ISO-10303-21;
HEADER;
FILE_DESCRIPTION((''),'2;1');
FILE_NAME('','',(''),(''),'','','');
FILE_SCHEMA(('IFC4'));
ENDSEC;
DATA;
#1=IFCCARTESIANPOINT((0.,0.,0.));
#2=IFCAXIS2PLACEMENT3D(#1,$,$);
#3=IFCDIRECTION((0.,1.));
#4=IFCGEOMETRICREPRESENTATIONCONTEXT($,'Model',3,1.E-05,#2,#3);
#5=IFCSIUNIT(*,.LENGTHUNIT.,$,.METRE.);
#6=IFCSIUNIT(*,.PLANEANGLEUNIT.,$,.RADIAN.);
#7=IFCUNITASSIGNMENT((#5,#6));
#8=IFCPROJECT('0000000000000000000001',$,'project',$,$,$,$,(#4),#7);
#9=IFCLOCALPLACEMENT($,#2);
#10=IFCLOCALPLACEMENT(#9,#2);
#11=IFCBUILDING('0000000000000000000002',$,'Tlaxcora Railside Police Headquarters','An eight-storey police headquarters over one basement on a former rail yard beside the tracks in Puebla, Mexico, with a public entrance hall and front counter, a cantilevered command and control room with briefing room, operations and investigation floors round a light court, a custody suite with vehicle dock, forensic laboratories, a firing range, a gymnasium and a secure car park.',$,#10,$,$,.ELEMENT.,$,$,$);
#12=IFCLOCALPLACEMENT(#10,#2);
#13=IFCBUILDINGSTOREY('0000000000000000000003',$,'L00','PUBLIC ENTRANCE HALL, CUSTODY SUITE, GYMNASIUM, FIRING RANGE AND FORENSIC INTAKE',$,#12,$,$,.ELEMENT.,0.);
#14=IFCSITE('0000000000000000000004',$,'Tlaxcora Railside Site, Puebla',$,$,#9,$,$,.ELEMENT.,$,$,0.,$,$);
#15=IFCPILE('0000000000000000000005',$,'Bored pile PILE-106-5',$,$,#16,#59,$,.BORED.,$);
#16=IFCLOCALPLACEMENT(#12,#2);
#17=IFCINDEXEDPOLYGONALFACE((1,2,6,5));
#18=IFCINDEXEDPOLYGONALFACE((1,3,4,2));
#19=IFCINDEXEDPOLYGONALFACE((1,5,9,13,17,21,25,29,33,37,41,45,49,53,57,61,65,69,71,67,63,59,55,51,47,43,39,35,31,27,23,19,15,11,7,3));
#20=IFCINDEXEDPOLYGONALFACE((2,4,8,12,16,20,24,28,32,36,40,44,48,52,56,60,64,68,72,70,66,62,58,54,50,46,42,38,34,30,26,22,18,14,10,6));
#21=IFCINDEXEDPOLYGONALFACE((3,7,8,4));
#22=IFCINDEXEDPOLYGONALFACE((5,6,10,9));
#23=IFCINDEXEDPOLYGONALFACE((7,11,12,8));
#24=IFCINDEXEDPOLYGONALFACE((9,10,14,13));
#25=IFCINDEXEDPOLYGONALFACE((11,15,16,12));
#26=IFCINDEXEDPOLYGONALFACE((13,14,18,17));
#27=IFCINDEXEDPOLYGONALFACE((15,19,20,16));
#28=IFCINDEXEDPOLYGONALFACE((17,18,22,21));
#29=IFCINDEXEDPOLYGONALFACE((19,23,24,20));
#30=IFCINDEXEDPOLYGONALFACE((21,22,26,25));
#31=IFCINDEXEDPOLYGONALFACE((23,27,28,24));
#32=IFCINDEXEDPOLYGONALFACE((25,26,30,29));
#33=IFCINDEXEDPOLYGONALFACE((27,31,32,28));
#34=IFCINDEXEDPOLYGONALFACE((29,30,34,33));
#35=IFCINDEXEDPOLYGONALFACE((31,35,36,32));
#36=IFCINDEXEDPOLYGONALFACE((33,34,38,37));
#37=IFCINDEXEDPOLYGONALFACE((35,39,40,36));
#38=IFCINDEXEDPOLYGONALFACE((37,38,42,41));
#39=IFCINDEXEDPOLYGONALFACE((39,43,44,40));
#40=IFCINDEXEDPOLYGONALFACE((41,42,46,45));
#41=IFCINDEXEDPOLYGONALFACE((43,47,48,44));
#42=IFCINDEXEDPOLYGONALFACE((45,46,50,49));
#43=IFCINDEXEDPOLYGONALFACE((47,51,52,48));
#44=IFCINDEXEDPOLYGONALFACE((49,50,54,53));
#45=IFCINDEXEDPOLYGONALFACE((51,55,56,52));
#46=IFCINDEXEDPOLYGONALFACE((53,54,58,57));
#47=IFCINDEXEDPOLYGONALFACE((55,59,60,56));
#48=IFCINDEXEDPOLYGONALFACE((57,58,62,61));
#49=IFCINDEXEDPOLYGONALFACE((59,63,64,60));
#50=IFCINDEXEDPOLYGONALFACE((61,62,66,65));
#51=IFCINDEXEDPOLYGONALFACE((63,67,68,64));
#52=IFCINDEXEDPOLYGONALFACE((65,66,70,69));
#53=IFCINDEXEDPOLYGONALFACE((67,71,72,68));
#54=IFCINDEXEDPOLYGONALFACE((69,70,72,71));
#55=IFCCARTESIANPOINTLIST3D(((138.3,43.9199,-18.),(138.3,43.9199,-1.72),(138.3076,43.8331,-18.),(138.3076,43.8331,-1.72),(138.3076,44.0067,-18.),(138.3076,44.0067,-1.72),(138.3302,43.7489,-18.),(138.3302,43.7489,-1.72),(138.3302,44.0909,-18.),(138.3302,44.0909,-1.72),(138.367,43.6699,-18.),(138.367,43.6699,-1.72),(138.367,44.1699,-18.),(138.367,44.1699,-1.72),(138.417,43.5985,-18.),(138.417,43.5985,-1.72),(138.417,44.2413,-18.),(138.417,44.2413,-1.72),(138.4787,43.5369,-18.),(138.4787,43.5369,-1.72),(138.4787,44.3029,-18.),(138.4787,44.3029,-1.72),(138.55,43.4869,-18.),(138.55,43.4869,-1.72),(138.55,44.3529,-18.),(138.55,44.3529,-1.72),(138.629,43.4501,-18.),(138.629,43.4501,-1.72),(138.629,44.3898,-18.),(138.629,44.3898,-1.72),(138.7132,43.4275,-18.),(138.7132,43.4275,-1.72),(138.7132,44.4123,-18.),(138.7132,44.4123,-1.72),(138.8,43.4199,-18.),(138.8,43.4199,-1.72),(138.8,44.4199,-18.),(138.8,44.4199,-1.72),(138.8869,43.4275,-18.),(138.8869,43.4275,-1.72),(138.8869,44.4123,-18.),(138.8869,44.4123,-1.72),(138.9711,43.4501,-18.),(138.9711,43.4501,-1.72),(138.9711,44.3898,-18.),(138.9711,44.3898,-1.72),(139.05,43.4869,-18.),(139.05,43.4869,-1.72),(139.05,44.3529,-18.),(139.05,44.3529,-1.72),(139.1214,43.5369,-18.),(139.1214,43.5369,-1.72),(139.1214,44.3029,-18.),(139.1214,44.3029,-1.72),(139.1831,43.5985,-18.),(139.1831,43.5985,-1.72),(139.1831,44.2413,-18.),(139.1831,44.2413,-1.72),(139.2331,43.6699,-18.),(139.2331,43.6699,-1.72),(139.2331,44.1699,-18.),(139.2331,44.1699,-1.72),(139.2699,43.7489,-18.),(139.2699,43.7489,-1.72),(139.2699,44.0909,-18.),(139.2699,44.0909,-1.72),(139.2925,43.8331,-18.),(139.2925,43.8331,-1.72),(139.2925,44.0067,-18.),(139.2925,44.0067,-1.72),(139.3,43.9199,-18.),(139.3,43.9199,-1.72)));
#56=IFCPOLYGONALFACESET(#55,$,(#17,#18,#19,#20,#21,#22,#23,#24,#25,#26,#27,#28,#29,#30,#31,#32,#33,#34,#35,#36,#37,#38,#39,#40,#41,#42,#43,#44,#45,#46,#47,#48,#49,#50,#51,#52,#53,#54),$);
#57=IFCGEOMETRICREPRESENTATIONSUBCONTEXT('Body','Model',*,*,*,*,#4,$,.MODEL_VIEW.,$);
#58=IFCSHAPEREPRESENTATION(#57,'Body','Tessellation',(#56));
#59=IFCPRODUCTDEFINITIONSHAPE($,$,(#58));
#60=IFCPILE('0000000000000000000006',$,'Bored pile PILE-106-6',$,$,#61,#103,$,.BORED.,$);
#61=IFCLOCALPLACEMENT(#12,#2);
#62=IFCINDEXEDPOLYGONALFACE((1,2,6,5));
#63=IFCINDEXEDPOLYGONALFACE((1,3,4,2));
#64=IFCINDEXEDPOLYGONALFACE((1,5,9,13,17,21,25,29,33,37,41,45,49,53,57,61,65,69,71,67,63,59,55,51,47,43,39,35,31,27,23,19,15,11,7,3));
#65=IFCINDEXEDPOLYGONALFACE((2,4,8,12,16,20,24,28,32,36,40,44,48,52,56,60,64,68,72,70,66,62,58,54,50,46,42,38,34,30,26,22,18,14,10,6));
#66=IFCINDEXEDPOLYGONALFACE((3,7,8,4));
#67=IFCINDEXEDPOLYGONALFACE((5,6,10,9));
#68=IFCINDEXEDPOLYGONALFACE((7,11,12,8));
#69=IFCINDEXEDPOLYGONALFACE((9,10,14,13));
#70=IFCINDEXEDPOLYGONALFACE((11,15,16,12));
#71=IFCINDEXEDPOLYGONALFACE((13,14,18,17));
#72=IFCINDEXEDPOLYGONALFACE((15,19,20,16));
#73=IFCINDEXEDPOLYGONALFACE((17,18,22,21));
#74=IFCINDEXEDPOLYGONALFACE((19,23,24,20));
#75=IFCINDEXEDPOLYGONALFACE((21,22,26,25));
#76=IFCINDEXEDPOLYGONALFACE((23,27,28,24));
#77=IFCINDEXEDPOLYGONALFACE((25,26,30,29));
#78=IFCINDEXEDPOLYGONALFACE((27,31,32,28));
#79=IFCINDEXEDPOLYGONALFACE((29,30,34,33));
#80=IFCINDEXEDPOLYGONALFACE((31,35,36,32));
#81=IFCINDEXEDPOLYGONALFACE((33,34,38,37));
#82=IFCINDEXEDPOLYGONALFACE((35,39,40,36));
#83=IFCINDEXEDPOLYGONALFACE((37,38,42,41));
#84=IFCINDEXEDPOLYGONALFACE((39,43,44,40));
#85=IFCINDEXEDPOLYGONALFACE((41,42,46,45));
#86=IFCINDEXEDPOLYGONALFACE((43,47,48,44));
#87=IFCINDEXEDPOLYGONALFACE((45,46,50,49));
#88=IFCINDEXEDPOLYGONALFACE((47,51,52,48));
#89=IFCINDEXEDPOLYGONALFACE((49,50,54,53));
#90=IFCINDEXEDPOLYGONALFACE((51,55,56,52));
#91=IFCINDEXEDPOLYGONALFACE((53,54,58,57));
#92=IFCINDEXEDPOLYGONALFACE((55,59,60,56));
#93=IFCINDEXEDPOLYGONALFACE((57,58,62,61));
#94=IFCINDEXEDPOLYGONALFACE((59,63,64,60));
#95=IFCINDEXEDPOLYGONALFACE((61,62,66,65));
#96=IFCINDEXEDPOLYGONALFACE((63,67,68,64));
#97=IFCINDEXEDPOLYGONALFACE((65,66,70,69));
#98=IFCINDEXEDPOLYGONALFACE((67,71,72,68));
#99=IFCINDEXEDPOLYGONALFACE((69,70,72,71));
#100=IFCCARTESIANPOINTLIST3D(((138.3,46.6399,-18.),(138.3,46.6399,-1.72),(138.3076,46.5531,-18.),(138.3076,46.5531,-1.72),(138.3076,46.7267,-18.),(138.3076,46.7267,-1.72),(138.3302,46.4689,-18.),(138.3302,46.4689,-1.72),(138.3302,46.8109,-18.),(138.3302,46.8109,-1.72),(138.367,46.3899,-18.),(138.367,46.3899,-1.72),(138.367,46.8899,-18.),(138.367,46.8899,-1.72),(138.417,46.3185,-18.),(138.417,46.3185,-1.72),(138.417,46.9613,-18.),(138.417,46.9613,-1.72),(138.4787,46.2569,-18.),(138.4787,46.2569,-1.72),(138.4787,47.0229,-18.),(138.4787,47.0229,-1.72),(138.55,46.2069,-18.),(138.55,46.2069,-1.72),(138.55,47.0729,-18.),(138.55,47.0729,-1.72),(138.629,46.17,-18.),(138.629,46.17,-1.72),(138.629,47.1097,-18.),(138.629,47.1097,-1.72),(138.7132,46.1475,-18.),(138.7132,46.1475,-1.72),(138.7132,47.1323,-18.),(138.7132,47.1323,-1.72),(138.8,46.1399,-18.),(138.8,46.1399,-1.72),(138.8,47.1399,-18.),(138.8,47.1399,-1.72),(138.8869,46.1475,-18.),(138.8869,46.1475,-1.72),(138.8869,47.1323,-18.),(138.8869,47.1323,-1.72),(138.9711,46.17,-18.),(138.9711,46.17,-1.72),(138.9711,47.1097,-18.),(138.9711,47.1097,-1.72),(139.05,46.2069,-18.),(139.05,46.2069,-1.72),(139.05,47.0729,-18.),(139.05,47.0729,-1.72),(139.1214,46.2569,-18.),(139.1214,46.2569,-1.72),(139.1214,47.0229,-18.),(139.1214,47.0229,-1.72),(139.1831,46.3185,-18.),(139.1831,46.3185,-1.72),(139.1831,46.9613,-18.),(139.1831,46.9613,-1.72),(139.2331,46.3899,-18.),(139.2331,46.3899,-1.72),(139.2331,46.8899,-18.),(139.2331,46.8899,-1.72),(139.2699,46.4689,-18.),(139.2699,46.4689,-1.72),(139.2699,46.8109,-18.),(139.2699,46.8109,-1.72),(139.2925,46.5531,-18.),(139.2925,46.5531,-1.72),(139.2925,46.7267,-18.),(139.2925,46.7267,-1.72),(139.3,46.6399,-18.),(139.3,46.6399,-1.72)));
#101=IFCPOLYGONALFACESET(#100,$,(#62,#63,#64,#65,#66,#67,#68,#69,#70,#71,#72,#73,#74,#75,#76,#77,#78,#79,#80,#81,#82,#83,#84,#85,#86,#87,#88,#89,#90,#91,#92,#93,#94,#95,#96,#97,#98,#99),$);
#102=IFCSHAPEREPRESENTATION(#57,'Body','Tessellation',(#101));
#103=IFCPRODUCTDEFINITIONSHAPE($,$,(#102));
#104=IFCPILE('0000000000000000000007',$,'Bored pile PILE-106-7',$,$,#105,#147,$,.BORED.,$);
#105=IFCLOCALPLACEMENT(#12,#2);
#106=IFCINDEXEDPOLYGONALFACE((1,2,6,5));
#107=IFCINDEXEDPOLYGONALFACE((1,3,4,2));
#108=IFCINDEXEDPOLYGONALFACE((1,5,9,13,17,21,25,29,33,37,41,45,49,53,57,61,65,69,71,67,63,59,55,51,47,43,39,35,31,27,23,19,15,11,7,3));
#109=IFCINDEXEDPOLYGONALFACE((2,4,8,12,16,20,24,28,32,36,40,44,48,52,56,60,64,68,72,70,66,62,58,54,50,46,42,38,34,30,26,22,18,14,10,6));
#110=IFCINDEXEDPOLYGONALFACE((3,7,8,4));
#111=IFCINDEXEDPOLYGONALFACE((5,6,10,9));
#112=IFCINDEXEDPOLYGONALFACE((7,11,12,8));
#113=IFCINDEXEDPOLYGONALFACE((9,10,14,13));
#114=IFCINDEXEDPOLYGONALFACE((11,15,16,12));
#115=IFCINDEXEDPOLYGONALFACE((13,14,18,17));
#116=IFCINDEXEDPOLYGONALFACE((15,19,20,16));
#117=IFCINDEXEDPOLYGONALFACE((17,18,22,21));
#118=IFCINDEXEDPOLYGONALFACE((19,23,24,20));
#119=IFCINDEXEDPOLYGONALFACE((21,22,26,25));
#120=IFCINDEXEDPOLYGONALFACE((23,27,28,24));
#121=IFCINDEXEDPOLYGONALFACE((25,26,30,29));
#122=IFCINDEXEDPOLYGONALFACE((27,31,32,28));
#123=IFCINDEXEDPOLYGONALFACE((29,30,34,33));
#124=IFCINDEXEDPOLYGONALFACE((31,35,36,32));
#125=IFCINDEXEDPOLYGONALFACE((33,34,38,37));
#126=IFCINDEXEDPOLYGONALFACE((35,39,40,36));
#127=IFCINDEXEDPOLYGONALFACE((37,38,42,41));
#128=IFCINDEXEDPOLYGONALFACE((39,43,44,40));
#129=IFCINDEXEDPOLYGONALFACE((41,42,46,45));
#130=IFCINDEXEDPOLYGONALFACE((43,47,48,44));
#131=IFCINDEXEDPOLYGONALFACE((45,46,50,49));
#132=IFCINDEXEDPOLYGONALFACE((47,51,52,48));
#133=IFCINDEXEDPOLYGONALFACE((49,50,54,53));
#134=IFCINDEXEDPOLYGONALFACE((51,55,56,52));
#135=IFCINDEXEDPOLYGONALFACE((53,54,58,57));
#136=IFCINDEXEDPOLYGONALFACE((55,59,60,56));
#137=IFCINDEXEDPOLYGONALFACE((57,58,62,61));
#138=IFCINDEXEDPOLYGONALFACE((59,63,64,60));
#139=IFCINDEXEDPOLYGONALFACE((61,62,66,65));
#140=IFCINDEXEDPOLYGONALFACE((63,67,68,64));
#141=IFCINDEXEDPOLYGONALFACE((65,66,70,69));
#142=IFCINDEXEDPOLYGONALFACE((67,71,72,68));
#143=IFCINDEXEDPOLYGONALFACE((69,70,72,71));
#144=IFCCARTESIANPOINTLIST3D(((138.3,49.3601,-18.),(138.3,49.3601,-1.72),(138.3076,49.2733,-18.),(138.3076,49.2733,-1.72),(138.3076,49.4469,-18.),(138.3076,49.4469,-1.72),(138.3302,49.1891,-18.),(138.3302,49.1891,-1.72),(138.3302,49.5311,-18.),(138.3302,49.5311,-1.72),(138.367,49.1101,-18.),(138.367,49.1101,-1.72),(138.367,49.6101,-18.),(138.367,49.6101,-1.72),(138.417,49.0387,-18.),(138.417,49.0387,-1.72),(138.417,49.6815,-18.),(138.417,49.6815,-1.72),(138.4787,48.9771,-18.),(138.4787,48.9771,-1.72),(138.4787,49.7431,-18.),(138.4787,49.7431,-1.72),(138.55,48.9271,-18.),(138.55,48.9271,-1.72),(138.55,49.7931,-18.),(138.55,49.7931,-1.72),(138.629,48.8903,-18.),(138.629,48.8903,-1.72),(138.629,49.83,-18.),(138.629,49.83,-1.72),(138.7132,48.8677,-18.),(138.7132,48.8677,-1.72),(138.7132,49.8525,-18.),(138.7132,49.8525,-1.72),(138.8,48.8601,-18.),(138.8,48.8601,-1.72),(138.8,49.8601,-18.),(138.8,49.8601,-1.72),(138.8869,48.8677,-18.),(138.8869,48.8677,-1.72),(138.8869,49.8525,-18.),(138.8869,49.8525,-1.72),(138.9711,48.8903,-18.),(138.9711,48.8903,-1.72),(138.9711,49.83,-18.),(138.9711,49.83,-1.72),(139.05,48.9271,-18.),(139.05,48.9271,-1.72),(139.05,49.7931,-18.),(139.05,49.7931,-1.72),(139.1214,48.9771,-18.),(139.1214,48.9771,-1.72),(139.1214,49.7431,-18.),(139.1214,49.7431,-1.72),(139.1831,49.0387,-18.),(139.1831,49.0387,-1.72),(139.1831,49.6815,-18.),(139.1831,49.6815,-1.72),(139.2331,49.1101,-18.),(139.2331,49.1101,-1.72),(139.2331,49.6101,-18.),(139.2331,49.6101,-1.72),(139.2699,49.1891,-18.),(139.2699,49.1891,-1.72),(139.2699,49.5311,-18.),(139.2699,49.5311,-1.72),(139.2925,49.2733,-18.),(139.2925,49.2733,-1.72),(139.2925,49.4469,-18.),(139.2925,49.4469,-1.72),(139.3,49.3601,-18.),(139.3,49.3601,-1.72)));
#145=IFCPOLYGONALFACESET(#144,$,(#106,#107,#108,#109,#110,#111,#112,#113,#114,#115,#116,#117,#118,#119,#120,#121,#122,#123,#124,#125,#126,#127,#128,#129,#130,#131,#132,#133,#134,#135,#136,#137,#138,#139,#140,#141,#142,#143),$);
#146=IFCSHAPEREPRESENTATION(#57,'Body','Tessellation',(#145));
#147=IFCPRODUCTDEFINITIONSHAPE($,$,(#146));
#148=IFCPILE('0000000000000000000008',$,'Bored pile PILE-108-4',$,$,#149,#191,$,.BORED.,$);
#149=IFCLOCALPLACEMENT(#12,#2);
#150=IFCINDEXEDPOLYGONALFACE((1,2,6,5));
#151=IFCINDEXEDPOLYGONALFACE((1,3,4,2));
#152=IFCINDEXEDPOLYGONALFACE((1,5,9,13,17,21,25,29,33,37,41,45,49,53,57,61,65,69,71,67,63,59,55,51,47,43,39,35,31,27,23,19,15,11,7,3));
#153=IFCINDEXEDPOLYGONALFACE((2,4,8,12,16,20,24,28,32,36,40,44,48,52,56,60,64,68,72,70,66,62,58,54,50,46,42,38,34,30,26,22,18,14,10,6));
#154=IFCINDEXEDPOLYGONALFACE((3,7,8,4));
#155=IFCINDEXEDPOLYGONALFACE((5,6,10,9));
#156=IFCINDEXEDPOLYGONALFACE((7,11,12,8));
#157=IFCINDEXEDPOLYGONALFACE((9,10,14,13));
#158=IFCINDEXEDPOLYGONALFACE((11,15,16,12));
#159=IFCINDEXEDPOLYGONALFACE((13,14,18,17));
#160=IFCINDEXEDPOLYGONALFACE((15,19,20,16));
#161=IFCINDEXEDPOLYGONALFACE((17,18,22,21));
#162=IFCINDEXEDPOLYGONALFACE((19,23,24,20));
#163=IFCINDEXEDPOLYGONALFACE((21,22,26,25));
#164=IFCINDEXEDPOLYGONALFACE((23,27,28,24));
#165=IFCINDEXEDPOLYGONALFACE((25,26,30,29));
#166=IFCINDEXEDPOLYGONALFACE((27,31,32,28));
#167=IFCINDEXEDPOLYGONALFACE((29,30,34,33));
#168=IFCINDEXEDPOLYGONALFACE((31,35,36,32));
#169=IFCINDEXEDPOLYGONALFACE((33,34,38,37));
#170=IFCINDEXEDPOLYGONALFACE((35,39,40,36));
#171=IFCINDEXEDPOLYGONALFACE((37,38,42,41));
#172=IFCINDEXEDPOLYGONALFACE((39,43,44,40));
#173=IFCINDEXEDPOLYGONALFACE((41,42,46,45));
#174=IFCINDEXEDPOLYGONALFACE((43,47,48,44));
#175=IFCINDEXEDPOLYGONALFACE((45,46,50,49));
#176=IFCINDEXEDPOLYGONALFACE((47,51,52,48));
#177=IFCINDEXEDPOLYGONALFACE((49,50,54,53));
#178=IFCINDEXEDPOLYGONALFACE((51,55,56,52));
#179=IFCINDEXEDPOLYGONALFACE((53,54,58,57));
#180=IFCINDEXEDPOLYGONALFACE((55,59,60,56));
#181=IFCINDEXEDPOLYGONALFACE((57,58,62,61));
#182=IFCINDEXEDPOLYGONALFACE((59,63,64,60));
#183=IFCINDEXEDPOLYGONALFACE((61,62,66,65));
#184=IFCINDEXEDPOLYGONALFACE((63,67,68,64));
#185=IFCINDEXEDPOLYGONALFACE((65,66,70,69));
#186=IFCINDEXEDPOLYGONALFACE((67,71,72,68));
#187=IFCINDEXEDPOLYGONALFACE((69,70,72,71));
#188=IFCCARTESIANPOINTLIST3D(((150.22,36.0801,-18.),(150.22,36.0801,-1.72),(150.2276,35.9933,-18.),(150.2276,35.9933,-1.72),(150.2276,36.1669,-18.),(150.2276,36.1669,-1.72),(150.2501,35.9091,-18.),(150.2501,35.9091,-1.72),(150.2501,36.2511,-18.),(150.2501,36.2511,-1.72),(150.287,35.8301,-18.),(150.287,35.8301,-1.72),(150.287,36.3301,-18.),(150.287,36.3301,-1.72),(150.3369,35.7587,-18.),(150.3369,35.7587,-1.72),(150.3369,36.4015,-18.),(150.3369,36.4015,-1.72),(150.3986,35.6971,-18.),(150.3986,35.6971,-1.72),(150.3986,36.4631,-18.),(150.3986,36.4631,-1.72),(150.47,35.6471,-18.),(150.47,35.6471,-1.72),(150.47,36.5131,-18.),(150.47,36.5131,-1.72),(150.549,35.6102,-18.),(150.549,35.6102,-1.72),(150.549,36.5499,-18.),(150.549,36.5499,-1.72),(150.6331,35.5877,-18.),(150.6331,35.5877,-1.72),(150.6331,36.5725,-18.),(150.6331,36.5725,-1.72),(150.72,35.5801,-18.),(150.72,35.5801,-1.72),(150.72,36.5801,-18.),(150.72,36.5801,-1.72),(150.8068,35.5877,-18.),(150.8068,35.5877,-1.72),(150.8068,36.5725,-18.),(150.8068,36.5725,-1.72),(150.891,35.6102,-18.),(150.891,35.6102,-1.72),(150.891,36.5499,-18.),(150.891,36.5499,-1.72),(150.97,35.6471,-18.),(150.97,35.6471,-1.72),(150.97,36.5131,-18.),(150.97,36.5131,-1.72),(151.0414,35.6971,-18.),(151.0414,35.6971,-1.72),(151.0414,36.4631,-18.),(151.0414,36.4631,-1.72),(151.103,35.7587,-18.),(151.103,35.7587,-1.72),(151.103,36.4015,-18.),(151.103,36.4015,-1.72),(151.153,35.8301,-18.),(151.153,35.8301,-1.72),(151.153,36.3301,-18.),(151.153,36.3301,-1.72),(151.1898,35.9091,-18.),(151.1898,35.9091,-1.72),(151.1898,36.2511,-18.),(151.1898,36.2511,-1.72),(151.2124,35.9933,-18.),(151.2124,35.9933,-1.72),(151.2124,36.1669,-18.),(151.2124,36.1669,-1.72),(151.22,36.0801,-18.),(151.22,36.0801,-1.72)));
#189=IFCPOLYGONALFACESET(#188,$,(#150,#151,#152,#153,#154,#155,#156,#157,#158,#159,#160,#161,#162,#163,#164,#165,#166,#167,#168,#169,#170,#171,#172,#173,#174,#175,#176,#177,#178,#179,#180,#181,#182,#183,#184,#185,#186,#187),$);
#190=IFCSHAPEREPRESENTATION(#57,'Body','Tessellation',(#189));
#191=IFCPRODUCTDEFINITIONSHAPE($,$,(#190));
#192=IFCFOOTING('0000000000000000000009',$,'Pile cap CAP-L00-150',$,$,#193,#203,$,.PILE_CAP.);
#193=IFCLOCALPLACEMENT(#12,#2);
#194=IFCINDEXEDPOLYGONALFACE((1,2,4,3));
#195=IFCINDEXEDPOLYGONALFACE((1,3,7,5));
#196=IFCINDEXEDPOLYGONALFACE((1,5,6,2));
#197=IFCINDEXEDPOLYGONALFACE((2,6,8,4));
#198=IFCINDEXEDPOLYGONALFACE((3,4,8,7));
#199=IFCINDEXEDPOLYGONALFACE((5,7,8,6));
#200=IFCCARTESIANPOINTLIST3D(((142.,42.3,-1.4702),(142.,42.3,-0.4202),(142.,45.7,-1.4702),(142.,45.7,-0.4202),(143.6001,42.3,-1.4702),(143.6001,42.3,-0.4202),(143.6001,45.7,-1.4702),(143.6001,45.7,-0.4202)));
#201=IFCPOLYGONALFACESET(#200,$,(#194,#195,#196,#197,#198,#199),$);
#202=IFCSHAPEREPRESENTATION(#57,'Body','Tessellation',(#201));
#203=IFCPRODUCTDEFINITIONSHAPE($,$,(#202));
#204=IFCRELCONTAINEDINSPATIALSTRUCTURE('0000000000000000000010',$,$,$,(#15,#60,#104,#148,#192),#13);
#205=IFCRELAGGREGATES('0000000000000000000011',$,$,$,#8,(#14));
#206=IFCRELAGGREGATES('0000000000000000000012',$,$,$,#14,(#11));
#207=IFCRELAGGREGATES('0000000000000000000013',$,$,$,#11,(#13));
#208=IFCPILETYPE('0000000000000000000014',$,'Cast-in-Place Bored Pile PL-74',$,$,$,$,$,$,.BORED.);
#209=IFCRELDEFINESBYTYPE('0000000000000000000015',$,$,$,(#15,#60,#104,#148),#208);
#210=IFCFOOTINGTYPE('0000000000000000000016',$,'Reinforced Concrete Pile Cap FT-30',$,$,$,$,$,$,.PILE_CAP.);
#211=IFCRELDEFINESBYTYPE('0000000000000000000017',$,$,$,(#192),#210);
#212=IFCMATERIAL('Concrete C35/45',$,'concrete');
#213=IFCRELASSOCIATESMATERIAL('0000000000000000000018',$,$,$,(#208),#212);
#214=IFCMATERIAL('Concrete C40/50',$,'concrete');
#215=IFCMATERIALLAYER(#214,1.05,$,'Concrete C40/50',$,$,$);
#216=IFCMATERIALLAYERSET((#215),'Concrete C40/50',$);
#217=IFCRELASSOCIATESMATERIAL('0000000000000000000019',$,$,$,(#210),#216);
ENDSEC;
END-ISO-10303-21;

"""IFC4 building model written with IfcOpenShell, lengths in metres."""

from ifc_helpers import new_model, si_unit, direction, frame, origin, origin_2d, place, context, subcontext, project, spatial, rectangle, circle, extrude, material, layer, layer_set, material_profile, profile_set, type_object, element, save


model = new_model("IFC4")

# Units and contexts
model_context = context("Model", 3, precision=1e-05, world=origin(), true_north=direction((0.0, 1.0)))
body_context = subcontext(model_context, "Body", "Model", "MODEL_VIEW")
ifc_project = project(units=[si_unit("LENGTHUNIT", "METRE"), si_unit("PLANEANGLEUNIT", "RADIAN")], contexts=[model_context])

# Site, building, storey
site_placement = place(None, origin())
site = spatial("IfcSite", under=ifc_project, at=site_placement, Name="Tlaxcora Railside Site, Puebla", CompositionType="ELEMENT", RefElevation=0.0)
building_placement = place(site_placement, origin())
building = spatial("IfcBuilding", under=site, at=building_placement, Name="Tlaxcora Railside Police Headquarters", Description="An eight-storey police headquarters over one basement on a former rail yard beside the tracks in Puebla, Mexico, with a public entrance hall and front counter, a cantilevered command and control room with briefing room, operations and investigation floors round a light court, a custody suite with vehicle dock, forensic laboratories, a firing range, a gymnasium and a secure car park.", CompositionType="ELEMENT")
storey_placement = place(building_placement, origin())
storey = spatial("IfcBuildingStorey", under=building, at=storey_placement, Name="L00", Description="PUBLIC ENTRANCE HALL, CUSTODY SUITE, GYMNASIUM, FIRING RANGE AND FORENSIC INTAKE", CompositionType="ELEMENT", Elevation=0.0)

# Piles
ifc_material_1 = material(Name="Concrete C35/45", Category="concrete")
ifc_material_profile_1 = material_profile(ifc_material_1, circle(Radius=0.5, at=origin_2d()), Name="PILE1000")
ifc_profile_set_1 = profile_set([ifc_material_profile_1], Name="Concrete C35/45")
pile_type_1 = type_object("IfcPileType", Name="Cast-in-Place Bored Pile PL-74", PredefinedType="BORED", material=ifc_profile_set_1)
for number, where, z_axis, x_axis, name in (
    (1, (138.8, 43.9199, -1.72), (0.0, 0.0, -1.0), (1.0, 0.0, 0.0), "Bored pile PILE-106-5"),
    (2, (138.8, 46.6399, -1.72), (0.0, 0.0, -1.0), (1.0, 0.0, 0.0), "Bored pile PILE-106-6"),
    (3, (138.8, 49.3601, -1.72), (0.0, 0.0, -1.0), (1.0, 0.0, 0.0), "Bored pile PILE-106-7"),
    (4, (150.72, 36.0801, -1.72), (0.0, 0.0, -1.0), (1.0, 0.0, 0.0), "Bored pile PILE-108-4"),
):
    element("IfcPile", number, at=place(storey_placement, frame(where, z_axis=z_axis, x_axis=x_axis)), inside=storey, type_object=pile_type_1, Name=name, PredefinedType="BORED", context=body_context, shape_type="SweptSolid", body=[
        extrude(circle(Radius=0.5, at=origin_2d()), origin(), (0.0, 0.0, 1.0), 16.28),
    ])

# Footing
ifc_material_2 = material(Name="Concrete C40/50", Category="concrete")
ifc_layer_1 = layer(ifc_material_2, 1.05, Name="Concrete C40/50")
ifc_layer_set_1 = layer_set([ifc_layer_1], Name="Concrete C40/50")
footing_type_1 = type_object("IfcFootingType", Name="Reinforced Concrete Pile Cap FT-30", PredefinedType="PILE_CAP", material=ifc_layer_set_1)
footing_1_placement = place(storey_placement, frame((142.8, 44.0, -1.4702), z_axis=(0.0, 0.0, 1.0), x_axis=(1.0, 0.0, 0.0)))
element("IfcFooting", 5, at=footing_1_placement, inside=storey, type_object=footing_type_1, Name="Pile cap CAP-L00-150", PredefinedType="PILE_CAP", context=body_context, shape_type="SweptSolid", body=[
    extrude(rectangle(XDim=1.6001, YDim=3.3999, at=origin_2d()), origin(), (0.0, 0.0, 1.0), 1.05),
])

save(model, "model.ifc")
